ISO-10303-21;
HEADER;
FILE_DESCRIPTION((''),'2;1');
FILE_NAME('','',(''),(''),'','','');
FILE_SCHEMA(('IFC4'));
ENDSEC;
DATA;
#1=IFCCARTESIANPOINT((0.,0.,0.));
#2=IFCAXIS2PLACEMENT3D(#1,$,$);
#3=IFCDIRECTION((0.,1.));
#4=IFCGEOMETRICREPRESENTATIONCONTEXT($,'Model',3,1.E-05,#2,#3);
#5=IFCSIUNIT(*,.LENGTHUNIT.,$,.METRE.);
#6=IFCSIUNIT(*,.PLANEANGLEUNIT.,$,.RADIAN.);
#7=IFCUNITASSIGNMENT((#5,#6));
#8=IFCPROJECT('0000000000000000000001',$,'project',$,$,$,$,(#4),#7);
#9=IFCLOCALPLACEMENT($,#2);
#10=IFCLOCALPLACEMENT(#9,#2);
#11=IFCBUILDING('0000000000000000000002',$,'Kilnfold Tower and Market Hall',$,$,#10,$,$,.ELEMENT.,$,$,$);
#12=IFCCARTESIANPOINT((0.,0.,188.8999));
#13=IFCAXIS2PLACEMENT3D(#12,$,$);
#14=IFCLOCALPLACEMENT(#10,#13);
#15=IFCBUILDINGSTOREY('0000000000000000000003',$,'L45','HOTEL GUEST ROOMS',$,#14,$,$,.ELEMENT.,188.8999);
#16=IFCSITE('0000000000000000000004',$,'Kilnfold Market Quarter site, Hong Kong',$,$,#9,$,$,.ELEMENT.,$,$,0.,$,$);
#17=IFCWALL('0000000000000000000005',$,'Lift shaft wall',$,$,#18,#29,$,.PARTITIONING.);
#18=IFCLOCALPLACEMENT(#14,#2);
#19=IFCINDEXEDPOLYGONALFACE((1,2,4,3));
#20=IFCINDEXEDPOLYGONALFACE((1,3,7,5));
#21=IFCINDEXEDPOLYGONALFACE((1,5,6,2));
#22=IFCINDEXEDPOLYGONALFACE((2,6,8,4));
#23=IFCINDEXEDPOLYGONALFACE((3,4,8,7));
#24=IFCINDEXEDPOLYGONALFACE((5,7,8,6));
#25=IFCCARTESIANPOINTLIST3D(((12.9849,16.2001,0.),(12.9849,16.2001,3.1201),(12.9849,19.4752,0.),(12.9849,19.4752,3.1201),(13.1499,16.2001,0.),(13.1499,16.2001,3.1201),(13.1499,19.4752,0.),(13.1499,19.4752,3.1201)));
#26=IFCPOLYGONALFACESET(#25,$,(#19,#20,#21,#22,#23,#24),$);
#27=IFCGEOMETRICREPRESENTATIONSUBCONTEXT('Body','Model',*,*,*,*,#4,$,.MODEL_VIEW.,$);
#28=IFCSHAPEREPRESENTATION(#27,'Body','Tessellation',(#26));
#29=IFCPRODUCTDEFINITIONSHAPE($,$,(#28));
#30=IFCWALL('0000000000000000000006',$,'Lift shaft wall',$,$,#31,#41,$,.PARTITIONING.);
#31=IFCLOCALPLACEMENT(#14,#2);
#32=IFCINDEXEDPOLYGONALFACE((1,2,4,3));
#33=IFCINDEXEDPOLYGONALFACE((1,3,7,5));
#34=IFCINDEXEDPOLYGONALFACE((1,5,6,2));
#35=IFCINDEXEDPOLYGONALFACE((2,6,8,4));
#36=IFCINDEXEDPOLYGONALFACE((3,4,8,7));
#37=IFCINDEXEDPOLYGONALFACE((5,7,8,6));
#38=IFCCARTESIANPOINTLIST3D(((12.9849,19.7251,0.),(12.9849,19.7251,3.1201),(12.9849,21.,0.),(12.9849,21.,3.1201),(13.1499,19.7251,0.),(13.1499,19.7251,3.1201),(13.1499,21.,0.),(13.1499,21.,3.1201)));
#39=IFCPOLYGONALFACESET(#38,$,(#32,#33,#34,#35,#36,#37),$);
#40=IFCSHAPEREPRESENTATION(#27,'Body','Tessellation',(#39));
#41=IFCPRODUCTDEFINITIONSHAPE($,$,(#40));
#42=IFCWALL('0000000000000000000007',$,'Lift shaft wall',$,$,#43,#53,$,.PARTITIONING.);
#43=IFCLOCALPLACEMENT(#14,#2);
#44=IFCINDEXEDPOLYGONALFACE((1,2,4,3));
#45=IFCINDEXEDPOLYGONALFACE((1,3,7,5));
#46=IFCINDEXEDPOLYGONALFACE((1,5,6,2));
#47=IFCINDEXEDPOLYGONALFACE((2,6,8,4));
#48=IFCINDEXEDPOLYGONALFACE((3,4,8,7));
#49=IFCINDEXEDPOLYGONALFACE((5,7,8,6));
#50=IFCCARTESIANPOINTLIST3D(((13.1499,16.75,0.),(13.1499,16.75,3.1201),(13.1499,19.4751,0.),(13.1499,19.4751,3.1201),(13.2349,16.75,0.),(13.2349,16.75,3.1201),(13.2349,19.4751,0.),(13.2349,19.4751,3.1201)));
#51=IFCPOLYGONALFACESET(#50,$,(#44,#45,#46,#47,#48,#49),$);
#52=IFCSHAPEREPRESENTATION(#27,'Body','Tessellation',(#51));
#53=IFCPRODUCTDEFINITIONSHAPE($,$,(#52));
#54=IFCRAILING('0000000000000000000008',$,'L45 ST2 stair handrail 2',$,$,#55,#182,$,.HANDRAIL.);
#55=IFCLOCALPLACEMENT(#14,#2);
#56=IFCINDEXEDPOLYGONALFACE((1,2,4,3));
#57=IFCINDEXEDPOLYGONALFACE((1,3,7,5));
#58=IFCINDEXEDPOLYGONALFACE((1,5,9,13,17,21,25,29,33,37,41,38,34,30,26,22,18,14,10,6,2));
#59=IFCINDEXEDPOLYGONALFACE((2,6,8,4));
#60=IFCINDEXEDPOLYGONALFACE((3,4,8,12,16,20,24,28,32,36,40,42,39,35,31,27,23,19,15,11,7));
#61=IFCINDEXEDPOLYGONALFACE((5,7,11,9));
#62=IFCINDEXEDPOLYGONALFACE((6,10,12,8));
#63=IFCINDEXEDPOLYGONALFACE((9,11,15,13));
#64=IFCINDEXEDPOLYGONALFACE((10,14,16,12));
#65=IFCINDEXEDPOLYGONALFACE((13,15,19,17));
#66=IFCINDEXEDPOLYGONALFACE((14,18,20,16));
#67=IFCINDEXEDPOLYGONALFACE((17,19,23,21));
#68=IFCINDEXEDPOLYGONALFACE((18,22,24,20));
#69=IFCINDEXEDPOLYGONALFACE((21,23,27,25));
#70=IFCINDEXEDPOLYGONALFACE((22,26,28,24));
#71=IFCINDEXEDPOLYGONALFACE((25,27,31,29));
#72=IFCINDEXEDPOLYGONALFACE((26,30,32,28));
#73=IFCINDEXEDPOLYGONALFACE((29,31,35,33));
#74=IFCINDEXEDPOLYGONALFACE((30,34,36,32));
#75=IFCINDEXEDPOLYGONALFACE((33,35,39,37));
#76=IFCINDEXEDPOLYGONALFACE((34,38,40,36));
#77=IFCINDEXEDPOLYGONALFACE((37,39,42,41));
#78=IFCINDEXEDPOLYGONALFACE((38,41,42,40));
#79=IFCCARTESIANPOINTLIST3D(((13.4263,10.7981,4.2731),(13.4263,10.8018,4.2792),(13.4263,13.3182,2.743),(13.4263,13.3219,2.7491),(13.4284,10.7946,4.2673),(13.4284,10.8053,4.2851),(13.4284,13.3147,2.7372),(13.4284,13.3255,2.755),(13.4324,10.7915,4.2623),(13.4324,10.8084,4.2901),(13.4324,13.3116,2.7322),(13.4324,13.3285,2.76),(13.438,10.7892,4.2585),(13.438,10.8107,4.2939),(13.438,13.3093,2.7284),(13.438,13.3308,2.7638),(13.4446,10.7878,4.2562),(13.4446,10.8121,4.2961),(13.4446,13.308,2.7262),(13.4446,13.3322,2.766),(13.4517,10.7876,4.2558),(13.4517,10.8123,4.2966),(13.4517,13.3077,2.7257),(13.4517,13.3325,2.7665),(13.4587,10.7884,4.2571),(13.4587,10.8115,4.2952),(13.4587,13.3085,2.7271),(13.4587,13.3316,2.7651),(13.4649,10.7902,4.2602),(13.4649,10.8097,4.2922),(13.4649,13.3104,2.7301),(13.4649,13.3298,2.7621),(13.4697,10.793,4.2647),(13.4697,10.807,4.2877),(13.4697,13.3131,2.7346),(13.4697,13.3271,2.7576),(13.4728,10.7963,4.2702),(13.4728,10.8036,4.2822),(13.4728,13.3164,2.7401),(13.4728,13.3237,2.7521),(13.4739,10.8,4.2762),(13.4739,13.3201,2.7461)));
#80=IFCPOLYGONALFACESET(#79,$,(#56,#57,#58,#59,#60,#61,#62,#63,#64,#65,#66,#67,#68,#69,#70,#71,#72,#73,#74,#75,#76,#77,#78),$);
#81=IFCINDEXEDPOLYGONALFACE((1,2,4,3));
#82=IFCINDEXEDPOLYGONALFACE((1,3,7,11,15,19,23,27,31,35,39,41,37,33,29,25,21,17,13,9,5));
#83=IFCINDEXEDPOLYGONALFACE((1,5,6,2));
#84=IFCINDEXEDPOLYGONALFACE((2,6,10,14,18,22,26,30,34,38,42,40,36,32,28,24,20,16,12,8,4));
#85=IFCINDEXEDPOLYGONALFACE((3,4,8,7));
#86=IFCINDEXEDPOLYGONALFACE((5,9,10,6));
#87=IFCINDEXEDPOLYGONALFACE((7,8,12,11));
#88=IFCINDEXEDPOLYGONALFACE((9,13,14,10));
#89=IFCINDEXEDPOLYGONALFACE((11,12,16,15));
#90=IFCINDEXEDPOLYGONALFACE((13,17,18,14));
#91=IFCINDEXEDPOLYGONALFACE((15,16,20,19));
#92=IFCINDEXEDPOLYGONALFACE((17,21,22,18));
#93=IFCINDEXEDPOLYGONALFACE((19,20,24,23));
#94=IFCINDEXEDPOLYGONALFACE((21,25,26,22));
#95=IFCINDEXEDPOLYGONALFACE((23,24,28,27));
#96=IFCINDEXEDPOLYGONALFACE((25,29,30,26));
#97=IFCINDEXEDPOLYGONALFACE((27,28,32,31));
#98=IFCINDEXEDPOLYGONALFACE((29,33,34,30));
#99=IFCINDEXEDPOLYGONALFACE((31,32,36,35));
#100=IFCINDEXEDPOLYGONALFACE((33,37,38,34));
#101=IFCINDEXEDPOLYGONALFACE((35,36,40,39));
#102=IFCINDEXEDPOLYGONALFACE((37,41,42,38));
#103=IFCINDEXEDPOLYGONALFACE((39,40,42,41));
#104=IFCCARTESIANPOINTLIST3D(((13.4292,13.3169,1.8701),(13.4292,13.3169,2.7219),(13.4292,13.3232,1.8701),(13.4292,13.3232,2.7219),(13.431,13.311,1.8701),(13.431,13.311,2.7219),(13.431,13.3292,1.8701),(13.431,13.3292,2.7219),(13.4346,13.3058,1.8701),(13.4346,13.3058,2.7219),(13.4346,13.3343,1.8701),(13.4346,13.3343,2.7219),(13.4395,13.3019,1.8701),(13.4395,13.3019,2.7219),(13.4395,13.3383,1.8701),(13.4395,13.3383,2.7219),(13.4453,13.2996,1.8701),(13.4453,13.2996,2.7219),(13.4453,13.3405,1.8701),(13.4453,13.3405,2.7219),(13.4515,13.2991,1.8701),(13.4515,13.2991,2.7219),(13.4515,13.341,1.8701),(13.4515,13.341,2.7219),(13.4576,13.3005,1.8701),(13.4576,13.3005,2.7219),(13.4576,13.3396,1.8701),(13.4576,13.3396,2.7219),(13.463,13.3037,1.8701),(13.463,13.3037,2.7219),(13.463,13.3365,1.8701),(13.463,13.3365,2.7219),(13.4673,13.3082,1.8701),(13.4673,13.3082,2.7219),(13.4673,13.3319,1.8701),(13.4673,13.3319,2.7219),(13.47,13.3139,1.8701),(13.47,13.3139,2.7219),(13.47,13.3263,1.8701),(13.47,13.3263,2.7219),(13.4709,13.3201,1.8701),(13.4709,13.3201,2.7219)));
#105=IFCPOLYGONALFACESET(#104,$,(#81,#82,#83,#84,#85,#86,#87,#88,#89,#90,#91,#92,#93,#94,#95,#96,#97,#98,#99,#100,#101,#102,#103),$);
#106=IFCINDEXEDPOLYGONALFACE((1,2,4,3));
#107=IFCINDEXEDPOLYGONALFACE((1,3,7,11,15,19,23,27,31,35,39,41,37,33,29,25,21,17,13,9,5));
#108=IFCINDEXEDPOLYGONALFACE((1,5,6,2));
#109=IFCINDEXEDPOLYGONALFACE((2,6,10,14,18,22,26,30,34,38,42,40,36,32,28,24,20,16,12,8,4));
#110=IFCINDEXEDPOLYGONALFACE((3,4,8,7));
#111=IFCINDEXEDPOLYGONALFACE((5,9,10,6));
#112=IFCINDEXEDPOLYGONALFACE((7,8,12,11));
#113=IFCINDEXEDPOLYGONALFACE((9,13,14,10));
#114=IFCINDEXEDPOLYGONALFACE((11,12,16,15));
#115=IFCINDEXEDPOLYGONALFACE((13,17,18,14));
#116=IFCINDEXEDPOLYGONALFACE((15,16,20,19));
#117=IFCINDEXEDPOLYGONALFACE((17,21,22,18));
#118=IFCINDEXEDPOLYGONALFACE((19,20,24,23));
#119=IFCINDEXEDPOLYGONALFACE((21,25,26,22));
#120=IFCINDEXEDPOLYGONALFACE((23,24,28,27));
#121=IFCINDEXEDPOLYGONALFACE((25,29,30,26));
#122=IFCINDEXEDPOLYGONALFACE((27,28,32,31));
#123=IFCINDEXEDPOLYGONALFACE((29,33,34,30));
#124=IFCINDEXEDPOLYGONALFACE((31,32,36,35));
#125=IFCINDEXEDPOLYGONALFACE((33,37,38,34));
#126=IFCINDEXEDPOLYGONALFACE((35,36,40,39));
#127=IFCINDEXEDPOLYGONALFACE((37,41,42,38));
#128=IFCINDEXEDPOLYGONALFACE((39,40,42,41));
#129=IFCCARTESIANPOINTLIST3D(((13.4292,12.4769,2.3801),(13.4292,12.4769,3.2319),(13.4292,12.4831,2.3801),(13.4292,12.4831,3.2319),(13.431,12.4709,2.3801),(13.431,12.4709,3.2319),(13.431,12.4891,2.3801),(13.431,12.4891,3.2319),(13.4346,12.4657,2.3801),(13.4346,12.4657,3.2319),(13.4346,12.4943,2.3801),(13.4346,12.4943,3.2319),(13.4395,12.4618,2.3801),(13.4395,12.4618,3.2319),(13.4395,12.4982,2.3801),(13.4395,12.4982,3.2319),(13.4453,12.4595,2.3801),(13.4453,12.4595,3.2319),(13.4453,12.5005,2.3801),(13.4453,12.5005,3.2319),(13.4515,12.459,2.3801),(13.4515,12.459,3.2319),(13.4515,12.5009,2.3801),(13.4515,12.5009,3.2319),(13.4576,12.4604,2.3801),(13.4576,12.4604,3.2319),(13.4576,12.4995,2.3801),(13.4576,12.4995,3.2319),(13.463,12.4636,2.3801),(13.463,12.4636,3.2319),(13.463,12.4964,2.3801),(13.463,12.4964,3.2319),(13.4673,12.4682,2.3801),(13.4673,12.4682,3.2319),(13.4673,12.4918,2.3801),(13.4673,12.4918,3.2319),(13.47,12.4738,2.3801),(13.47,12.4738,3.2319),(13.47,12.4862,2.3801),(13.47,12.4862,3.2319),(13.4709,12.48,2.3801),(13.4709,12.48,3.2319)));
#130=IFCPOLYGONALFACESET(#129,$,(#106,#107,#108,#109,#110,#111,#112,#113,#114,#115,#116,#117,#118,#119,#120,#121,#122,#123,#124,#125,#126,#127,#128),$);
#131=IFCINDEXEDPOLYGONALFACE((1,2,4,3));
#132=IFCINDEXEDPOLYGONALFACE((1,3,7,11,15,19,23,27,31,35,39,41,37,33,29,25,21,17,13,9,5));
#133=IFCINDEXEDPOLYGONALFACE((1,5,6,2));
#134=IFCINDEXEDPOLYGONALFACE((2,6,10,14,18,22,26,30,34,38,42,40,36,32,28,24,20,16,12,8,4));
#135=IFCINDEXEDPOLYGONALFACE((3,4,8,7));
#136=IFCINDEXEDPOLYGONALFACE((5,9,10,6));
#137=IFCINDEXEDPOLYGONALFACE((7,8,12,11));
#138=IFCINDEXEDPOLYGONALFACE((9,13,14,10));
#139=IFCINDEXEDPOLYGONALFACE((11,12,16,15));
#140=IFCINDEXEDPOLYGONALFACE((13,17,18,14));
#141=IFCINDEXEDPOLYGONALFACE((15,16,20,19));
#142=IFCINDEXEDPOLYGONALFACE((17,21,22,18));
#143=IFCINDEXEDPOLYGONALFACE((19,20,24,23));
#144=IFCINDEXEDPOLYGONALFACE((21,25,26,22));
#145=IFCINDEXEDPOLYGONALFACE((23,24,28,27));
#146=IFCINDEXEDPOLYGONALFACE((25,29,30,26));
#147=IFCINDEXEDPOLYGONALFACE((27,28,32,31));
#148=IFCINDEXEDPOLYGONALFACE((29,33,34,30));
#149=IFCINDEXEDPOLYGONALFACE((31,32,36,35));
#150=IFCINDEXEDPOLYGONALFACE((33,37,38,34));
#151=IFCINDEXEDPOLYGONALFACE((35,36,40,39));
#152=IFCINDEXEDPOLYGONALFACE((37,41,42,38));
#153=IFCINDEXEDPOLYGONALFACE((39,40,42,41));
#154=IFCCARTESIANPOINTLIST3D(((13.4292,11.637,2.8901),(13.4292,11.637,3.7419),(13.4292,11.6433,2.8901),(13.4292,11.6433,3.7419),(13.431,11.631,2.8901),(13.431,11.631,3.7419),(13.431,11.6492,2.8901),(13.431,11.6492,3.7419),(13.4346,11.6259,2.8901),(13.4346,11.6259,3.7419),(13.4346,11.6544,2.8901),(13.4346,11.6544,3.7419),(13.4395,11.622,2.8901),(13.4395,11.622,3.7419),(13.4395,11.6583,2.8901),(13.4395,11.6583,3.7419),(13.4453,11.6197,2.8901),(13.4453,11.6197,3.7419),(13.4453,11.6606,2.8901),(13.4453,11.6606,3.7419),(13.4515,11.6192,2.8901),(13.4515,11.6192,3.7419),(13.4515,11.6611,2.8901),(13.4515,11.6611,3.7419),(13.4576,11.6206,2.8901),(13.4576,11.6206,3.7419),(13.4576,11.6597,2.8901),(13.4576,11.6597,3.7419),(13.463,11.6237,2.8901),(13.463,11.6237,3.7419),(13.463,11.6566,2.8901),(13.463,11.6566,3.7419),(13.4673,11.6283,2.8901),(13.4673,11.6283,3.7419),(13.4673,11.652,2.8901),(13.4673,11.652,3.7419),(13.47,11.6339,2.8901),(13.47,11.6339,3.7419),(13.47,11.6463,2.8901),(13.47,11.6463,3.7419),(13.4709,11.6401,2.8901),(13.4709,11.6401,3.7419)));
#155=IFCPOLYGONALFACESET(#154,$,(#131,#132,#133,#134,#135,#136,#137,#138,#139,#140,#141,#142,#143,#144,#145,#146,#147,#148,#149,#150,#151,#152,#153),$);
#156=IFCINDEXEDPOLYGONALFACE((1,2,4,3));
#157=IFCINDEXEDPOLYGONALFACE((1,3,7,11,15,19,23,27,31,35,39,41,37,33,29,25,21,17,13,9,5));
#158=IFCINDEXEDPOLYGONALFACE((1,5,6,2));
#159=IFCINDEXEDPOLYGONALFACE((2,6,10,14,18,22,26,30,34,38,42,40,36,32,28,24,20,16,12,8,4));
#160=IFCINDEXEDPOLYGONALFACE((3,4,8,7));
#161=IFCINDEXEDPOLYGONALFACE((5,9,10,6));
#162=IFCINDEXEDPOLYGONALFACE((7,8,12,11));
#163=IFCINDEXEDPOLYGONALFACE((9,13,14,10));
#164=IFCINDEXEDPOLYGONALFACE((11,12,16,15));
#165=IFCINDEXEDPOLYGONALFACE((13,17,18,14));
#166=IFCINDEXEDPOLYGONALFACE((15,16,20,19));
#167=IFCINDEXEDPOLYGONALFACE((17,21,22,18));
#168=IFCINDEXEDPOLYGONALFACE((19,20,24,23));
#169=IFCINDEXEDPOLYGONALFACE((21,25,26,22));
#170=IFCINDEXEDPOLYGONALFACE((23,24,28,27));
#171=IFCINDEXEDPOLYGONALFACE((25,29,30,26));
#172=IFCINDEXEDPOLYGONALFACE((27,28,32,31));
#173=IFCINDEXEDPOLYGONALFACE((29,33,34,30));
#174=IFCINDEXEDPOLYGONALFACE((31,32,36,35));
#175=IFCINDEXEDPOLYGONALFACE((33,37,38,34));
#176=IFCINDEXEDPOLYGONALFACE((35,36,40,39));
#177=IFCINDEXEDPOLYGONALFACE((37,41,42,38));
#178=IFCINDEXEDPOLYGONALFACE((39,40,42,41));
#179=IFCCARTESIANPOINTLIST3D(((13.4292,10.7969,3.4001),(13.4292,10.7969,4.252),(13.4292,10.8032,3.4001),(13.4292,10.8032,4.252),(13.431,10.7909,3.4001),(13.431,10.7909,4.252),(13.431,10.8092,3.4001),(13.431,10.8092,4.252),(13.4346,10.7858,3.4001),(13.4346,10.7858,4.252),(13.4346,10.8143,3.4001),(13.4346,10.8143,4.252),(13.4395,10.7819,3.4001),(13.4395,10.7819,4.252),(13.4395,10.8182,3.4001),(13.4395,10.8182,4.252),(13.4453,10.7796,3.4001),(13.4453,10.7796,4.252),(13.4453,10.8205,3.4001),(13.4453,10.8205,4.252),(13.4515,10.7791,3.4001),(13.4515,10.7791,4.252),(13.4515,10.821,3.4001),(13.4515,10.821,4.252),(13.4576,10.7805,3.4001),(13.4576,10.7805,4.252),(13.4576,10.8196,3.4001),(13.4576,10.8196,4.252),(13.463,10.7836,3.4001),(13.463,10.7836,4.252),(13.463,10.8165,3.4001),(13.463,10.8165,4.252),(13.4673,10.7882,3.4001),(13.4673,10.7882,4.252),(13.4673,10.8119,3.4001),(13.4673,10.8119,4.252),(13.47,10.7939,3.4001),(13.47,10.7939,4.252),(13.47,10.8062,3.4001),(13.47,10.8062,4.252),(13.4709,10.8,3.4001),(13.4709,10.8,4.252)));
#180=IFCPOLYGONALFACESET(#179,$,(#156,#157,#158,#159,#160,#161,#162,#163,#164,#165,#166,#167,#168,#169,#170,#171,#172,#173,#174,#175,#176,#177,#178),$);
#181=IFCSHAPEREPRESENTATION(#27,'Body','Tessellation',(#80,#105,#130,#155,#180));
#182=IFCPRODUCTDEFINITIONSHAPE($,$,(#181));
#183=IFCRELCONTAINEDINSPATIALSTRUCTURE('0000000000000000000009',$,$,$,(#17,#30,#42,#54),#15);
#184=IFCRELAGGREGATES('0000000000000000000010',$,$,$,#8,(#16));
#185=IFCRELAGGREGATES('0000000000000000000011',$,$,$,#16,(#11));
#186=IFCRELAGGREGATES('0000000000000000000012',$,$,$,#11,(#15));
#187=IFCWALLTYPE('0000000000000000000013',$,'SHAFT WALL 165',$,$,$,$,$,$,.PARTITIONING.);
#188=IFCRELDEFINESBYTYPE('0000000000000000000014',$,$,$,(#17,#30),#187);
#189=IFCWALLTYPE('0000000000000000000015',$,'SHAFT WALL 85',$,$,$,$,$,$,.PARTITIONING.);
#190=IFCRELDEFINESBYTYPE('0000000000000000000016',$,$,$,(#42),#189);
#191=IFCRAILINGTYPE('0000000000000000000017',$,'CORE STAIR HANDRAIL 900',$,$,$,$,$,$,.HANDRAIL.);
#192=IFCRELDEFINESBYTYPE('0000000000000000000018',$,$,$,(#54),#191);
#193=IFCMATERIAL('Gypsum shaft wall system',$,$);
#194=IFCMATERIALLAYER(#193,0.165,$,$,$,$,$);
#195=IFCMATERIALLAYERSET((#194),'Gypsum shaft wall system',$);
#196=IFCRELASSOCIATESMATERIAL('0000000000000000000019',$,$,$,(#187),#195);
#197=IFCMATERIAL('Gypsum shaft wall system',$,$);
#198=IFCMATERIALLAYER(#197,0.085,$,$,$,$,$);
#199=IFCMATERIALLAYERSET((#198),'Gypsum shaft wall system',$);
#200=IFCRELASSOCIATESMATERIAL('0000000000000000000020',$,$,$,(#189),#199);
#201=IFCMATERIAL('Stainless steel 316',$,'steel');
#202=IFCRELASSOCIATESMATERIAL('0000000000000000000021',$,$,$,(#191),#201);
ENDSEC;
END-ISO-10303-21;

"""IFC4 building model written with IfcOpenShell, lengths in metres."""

from ifc_helpers import new_model, si_unit, direction, frame, frame_2d, origin, origin_2d, place, context, subcontext, project, spatial, rectangle, circle, extrude, source, transform, mapped, material, layer, layer_set, type_object, element, save


model = new_model("IFC4")

# Units and contexts
model_context = context("Model", 3, precision=1e-05, world=origin(), true_north=direction((0.0, 1.0)))
body_context = subcontext(model_context, "Body", "Model", "MODEL_VIEW")
ifc_project = project(units=[si_unit("LENGTHUNIT", "METRE"), si_unit("PLANEANGLEUNIT", "RADIAN")], contexts=[model_context])

# Site, building, storey
site_placement = place(None, origin())
site = spatial("IfcSite", under=ifc_project, at=site_placement, Name="Kilnfold Market Quarter site, Hong Kong", CompositionType="ELEMENT", RefElevation=0.0)
building_placement = place(site_placement, origin())
building = spatial("IfcBuilding", under=site, at=building_placement, Name="Kilnfold Tower and Market Hall", CompositionType="ELEMENT")
storey_placement = place(building_placement, frame((0.0, 0.0, 188.8999)))
storey = spatial("IfcBuildingStorey", under=building, at=storey_placement, Name="L45", Description="HOTEL GUEST ROOMS", CompositionType="ELEMENT", Elevation=188.8999)

# Walls
ifc_material_1 = material(Name="Gypsum shaft wall system")
ifc_layer_1 = layer(ifc_material_1, 0.165)
ifc_layer_set_1 = layer_set([ifc_layer_1], Name="Gypsum shaft wall system")
wall_type_1 = type_object("IfcWallType", Name="SHAFT WALL 165", PredefinedType="PARTITIONING", material=ifc_layer_set_1)
shared_shape_1 = source(origin(), body_context, "Body", "SweptSolid", [
    extrude(rectangle(XDim=3.2751, YDim=0.165, at=frame_2d((1.6377, 0.0))), origin(), (0.0, 0.0, 1.0), 3.1201),
])
wall_1_placement = place(storey_placement, frame((13.0674, 16.2, 0.0), z_axis=(0.0, 0.0, 1.0), x_axis=(0.0, 1.0, 0.0)))
element("IfcWall", 1, at=wall_1_placement, inside=storey, type_object=wall_type_1, Name="Lift shaft wall", PredefinedType="PARTITIONING", context=body_context, shape_type="MappedRepresentation", body=[
    mapped(shared_shape_1, transform((0.0, 0.0, 0.0))),
])
shared_shape_2 = source(origin(), body_context, "Body", "SweptSolid", [
    extrude(rectangle(XDim=1.2749, YDim=0.165, at=frame_2d((0.6375, 0.0))), origin(), (0.0, 0.0, 1.0), 3.1201),
])
wall_2_placement = place(storey_placement, frame((13.0674, 19.7251, 0.0), z_axis=(0.0, 0.0, 1.0), x_axis=(0.0, 1.0, 0.0)))
element("IfcWall", 2, at=wall_2_placement, inside=storey, type_object=wall_type_1, Name="Lift shaft wall", PredefinedType="PARTITIONING", context=body_context, shape_type="MappedRepresentation", body=[
    mapped(shared_shape_2, transform((0.0, 0.0, 0.0))),
])
ifc_material_2 = material(Name="Gypsum shaft wall system")
ifc_layer_2 = layer(ifc_material_2, 0.085)
ifc_layer_set_2 = layer_set([ifc_layer_2], Name="Gypsum shaft wall system")
wall_type_2 = type_object("IfcWallType", Name="SHAFT WALL 85", PredefinedType="PARTITIONING", material=ifc_layer_set_2)
shared_shape_3 = source(origin(), body_context, "Body", "SweptSolid", [
    extrude(rectangle(XDim=2.7251, YDim=0.085, at=frame_2d((1.3625, 0.0))), origin(), (0.0, 0.0, 1.0), 3.1201),
])
wall_3_placement = place(storey_placement, frame((13.1924, 16.75, 0.0), z_axis=(0.0, 0.0, 1.0), x_axis=(0.0, 1.0, 0.0)))
element("IfcWall", 3, at=wall_3_placement, inside=storey, type_object=wall_type_2, Name="Lift shaft wall", PredefinedType="PARTITIONING", context=body_context, shape_type="MappedRepresentation", body=[
    mapped(shared_shape_3, transform((0.0, 0.0, 0.0))),
])

# Railing
ifc_material_3 = material(Name="Stainless steel 316", Category="steel")
railing_type = type_object("IfcRailingType", Name="CORE STAIR HANDRAIL 900", PredefinedType="HANDRAIL", material=ifc_material_3)
for number, where, name in (
    (4, (13.45, 13.3201, 1.8701), "L45 ST2 stair handrail 2"),
):
    element("IfcRailing", number, at=place(storey_placement, frame(where)), inside=storey, type_object=railing_type, Name=name, PredefinedType="HANDRAIL", context=body_context, shape_type="SweptSolid", body=[
        extrude(circle(Radius=0.0239, at=origin_2d()), frame((0.0, 0.0, 0.876), z_axis=(0.0, -0.854785, 0.518982), x_axis=(1.0, 0.0, 0.0)), (0.0, 0.0, 1.0), 2.9482),
        extrude(circle(Radius=0.021, at=origin_2d()), origin(), (0.0, 0.0, 1.0), 0.8518),
        extrude(circle(Radius=0.021, at=origin_2d()), frame((0.0, -0.8401, 0.51)), (0.0, 0.0, 1.0), 0.8518),
        extrude(circle(Radius=0.021, at=origin_2d()), frame((0.0, -1.6799, 1.02)), (0.0, 0.0, 1.0), 0.8518),
        extrude(circle(Radius=0.021, at=origin_2d()), frame((0.0, -2.52, 1.53)), (0.0, 0.0, 1.0), 0.8518),
    ])

save(model, "model.ifc")
